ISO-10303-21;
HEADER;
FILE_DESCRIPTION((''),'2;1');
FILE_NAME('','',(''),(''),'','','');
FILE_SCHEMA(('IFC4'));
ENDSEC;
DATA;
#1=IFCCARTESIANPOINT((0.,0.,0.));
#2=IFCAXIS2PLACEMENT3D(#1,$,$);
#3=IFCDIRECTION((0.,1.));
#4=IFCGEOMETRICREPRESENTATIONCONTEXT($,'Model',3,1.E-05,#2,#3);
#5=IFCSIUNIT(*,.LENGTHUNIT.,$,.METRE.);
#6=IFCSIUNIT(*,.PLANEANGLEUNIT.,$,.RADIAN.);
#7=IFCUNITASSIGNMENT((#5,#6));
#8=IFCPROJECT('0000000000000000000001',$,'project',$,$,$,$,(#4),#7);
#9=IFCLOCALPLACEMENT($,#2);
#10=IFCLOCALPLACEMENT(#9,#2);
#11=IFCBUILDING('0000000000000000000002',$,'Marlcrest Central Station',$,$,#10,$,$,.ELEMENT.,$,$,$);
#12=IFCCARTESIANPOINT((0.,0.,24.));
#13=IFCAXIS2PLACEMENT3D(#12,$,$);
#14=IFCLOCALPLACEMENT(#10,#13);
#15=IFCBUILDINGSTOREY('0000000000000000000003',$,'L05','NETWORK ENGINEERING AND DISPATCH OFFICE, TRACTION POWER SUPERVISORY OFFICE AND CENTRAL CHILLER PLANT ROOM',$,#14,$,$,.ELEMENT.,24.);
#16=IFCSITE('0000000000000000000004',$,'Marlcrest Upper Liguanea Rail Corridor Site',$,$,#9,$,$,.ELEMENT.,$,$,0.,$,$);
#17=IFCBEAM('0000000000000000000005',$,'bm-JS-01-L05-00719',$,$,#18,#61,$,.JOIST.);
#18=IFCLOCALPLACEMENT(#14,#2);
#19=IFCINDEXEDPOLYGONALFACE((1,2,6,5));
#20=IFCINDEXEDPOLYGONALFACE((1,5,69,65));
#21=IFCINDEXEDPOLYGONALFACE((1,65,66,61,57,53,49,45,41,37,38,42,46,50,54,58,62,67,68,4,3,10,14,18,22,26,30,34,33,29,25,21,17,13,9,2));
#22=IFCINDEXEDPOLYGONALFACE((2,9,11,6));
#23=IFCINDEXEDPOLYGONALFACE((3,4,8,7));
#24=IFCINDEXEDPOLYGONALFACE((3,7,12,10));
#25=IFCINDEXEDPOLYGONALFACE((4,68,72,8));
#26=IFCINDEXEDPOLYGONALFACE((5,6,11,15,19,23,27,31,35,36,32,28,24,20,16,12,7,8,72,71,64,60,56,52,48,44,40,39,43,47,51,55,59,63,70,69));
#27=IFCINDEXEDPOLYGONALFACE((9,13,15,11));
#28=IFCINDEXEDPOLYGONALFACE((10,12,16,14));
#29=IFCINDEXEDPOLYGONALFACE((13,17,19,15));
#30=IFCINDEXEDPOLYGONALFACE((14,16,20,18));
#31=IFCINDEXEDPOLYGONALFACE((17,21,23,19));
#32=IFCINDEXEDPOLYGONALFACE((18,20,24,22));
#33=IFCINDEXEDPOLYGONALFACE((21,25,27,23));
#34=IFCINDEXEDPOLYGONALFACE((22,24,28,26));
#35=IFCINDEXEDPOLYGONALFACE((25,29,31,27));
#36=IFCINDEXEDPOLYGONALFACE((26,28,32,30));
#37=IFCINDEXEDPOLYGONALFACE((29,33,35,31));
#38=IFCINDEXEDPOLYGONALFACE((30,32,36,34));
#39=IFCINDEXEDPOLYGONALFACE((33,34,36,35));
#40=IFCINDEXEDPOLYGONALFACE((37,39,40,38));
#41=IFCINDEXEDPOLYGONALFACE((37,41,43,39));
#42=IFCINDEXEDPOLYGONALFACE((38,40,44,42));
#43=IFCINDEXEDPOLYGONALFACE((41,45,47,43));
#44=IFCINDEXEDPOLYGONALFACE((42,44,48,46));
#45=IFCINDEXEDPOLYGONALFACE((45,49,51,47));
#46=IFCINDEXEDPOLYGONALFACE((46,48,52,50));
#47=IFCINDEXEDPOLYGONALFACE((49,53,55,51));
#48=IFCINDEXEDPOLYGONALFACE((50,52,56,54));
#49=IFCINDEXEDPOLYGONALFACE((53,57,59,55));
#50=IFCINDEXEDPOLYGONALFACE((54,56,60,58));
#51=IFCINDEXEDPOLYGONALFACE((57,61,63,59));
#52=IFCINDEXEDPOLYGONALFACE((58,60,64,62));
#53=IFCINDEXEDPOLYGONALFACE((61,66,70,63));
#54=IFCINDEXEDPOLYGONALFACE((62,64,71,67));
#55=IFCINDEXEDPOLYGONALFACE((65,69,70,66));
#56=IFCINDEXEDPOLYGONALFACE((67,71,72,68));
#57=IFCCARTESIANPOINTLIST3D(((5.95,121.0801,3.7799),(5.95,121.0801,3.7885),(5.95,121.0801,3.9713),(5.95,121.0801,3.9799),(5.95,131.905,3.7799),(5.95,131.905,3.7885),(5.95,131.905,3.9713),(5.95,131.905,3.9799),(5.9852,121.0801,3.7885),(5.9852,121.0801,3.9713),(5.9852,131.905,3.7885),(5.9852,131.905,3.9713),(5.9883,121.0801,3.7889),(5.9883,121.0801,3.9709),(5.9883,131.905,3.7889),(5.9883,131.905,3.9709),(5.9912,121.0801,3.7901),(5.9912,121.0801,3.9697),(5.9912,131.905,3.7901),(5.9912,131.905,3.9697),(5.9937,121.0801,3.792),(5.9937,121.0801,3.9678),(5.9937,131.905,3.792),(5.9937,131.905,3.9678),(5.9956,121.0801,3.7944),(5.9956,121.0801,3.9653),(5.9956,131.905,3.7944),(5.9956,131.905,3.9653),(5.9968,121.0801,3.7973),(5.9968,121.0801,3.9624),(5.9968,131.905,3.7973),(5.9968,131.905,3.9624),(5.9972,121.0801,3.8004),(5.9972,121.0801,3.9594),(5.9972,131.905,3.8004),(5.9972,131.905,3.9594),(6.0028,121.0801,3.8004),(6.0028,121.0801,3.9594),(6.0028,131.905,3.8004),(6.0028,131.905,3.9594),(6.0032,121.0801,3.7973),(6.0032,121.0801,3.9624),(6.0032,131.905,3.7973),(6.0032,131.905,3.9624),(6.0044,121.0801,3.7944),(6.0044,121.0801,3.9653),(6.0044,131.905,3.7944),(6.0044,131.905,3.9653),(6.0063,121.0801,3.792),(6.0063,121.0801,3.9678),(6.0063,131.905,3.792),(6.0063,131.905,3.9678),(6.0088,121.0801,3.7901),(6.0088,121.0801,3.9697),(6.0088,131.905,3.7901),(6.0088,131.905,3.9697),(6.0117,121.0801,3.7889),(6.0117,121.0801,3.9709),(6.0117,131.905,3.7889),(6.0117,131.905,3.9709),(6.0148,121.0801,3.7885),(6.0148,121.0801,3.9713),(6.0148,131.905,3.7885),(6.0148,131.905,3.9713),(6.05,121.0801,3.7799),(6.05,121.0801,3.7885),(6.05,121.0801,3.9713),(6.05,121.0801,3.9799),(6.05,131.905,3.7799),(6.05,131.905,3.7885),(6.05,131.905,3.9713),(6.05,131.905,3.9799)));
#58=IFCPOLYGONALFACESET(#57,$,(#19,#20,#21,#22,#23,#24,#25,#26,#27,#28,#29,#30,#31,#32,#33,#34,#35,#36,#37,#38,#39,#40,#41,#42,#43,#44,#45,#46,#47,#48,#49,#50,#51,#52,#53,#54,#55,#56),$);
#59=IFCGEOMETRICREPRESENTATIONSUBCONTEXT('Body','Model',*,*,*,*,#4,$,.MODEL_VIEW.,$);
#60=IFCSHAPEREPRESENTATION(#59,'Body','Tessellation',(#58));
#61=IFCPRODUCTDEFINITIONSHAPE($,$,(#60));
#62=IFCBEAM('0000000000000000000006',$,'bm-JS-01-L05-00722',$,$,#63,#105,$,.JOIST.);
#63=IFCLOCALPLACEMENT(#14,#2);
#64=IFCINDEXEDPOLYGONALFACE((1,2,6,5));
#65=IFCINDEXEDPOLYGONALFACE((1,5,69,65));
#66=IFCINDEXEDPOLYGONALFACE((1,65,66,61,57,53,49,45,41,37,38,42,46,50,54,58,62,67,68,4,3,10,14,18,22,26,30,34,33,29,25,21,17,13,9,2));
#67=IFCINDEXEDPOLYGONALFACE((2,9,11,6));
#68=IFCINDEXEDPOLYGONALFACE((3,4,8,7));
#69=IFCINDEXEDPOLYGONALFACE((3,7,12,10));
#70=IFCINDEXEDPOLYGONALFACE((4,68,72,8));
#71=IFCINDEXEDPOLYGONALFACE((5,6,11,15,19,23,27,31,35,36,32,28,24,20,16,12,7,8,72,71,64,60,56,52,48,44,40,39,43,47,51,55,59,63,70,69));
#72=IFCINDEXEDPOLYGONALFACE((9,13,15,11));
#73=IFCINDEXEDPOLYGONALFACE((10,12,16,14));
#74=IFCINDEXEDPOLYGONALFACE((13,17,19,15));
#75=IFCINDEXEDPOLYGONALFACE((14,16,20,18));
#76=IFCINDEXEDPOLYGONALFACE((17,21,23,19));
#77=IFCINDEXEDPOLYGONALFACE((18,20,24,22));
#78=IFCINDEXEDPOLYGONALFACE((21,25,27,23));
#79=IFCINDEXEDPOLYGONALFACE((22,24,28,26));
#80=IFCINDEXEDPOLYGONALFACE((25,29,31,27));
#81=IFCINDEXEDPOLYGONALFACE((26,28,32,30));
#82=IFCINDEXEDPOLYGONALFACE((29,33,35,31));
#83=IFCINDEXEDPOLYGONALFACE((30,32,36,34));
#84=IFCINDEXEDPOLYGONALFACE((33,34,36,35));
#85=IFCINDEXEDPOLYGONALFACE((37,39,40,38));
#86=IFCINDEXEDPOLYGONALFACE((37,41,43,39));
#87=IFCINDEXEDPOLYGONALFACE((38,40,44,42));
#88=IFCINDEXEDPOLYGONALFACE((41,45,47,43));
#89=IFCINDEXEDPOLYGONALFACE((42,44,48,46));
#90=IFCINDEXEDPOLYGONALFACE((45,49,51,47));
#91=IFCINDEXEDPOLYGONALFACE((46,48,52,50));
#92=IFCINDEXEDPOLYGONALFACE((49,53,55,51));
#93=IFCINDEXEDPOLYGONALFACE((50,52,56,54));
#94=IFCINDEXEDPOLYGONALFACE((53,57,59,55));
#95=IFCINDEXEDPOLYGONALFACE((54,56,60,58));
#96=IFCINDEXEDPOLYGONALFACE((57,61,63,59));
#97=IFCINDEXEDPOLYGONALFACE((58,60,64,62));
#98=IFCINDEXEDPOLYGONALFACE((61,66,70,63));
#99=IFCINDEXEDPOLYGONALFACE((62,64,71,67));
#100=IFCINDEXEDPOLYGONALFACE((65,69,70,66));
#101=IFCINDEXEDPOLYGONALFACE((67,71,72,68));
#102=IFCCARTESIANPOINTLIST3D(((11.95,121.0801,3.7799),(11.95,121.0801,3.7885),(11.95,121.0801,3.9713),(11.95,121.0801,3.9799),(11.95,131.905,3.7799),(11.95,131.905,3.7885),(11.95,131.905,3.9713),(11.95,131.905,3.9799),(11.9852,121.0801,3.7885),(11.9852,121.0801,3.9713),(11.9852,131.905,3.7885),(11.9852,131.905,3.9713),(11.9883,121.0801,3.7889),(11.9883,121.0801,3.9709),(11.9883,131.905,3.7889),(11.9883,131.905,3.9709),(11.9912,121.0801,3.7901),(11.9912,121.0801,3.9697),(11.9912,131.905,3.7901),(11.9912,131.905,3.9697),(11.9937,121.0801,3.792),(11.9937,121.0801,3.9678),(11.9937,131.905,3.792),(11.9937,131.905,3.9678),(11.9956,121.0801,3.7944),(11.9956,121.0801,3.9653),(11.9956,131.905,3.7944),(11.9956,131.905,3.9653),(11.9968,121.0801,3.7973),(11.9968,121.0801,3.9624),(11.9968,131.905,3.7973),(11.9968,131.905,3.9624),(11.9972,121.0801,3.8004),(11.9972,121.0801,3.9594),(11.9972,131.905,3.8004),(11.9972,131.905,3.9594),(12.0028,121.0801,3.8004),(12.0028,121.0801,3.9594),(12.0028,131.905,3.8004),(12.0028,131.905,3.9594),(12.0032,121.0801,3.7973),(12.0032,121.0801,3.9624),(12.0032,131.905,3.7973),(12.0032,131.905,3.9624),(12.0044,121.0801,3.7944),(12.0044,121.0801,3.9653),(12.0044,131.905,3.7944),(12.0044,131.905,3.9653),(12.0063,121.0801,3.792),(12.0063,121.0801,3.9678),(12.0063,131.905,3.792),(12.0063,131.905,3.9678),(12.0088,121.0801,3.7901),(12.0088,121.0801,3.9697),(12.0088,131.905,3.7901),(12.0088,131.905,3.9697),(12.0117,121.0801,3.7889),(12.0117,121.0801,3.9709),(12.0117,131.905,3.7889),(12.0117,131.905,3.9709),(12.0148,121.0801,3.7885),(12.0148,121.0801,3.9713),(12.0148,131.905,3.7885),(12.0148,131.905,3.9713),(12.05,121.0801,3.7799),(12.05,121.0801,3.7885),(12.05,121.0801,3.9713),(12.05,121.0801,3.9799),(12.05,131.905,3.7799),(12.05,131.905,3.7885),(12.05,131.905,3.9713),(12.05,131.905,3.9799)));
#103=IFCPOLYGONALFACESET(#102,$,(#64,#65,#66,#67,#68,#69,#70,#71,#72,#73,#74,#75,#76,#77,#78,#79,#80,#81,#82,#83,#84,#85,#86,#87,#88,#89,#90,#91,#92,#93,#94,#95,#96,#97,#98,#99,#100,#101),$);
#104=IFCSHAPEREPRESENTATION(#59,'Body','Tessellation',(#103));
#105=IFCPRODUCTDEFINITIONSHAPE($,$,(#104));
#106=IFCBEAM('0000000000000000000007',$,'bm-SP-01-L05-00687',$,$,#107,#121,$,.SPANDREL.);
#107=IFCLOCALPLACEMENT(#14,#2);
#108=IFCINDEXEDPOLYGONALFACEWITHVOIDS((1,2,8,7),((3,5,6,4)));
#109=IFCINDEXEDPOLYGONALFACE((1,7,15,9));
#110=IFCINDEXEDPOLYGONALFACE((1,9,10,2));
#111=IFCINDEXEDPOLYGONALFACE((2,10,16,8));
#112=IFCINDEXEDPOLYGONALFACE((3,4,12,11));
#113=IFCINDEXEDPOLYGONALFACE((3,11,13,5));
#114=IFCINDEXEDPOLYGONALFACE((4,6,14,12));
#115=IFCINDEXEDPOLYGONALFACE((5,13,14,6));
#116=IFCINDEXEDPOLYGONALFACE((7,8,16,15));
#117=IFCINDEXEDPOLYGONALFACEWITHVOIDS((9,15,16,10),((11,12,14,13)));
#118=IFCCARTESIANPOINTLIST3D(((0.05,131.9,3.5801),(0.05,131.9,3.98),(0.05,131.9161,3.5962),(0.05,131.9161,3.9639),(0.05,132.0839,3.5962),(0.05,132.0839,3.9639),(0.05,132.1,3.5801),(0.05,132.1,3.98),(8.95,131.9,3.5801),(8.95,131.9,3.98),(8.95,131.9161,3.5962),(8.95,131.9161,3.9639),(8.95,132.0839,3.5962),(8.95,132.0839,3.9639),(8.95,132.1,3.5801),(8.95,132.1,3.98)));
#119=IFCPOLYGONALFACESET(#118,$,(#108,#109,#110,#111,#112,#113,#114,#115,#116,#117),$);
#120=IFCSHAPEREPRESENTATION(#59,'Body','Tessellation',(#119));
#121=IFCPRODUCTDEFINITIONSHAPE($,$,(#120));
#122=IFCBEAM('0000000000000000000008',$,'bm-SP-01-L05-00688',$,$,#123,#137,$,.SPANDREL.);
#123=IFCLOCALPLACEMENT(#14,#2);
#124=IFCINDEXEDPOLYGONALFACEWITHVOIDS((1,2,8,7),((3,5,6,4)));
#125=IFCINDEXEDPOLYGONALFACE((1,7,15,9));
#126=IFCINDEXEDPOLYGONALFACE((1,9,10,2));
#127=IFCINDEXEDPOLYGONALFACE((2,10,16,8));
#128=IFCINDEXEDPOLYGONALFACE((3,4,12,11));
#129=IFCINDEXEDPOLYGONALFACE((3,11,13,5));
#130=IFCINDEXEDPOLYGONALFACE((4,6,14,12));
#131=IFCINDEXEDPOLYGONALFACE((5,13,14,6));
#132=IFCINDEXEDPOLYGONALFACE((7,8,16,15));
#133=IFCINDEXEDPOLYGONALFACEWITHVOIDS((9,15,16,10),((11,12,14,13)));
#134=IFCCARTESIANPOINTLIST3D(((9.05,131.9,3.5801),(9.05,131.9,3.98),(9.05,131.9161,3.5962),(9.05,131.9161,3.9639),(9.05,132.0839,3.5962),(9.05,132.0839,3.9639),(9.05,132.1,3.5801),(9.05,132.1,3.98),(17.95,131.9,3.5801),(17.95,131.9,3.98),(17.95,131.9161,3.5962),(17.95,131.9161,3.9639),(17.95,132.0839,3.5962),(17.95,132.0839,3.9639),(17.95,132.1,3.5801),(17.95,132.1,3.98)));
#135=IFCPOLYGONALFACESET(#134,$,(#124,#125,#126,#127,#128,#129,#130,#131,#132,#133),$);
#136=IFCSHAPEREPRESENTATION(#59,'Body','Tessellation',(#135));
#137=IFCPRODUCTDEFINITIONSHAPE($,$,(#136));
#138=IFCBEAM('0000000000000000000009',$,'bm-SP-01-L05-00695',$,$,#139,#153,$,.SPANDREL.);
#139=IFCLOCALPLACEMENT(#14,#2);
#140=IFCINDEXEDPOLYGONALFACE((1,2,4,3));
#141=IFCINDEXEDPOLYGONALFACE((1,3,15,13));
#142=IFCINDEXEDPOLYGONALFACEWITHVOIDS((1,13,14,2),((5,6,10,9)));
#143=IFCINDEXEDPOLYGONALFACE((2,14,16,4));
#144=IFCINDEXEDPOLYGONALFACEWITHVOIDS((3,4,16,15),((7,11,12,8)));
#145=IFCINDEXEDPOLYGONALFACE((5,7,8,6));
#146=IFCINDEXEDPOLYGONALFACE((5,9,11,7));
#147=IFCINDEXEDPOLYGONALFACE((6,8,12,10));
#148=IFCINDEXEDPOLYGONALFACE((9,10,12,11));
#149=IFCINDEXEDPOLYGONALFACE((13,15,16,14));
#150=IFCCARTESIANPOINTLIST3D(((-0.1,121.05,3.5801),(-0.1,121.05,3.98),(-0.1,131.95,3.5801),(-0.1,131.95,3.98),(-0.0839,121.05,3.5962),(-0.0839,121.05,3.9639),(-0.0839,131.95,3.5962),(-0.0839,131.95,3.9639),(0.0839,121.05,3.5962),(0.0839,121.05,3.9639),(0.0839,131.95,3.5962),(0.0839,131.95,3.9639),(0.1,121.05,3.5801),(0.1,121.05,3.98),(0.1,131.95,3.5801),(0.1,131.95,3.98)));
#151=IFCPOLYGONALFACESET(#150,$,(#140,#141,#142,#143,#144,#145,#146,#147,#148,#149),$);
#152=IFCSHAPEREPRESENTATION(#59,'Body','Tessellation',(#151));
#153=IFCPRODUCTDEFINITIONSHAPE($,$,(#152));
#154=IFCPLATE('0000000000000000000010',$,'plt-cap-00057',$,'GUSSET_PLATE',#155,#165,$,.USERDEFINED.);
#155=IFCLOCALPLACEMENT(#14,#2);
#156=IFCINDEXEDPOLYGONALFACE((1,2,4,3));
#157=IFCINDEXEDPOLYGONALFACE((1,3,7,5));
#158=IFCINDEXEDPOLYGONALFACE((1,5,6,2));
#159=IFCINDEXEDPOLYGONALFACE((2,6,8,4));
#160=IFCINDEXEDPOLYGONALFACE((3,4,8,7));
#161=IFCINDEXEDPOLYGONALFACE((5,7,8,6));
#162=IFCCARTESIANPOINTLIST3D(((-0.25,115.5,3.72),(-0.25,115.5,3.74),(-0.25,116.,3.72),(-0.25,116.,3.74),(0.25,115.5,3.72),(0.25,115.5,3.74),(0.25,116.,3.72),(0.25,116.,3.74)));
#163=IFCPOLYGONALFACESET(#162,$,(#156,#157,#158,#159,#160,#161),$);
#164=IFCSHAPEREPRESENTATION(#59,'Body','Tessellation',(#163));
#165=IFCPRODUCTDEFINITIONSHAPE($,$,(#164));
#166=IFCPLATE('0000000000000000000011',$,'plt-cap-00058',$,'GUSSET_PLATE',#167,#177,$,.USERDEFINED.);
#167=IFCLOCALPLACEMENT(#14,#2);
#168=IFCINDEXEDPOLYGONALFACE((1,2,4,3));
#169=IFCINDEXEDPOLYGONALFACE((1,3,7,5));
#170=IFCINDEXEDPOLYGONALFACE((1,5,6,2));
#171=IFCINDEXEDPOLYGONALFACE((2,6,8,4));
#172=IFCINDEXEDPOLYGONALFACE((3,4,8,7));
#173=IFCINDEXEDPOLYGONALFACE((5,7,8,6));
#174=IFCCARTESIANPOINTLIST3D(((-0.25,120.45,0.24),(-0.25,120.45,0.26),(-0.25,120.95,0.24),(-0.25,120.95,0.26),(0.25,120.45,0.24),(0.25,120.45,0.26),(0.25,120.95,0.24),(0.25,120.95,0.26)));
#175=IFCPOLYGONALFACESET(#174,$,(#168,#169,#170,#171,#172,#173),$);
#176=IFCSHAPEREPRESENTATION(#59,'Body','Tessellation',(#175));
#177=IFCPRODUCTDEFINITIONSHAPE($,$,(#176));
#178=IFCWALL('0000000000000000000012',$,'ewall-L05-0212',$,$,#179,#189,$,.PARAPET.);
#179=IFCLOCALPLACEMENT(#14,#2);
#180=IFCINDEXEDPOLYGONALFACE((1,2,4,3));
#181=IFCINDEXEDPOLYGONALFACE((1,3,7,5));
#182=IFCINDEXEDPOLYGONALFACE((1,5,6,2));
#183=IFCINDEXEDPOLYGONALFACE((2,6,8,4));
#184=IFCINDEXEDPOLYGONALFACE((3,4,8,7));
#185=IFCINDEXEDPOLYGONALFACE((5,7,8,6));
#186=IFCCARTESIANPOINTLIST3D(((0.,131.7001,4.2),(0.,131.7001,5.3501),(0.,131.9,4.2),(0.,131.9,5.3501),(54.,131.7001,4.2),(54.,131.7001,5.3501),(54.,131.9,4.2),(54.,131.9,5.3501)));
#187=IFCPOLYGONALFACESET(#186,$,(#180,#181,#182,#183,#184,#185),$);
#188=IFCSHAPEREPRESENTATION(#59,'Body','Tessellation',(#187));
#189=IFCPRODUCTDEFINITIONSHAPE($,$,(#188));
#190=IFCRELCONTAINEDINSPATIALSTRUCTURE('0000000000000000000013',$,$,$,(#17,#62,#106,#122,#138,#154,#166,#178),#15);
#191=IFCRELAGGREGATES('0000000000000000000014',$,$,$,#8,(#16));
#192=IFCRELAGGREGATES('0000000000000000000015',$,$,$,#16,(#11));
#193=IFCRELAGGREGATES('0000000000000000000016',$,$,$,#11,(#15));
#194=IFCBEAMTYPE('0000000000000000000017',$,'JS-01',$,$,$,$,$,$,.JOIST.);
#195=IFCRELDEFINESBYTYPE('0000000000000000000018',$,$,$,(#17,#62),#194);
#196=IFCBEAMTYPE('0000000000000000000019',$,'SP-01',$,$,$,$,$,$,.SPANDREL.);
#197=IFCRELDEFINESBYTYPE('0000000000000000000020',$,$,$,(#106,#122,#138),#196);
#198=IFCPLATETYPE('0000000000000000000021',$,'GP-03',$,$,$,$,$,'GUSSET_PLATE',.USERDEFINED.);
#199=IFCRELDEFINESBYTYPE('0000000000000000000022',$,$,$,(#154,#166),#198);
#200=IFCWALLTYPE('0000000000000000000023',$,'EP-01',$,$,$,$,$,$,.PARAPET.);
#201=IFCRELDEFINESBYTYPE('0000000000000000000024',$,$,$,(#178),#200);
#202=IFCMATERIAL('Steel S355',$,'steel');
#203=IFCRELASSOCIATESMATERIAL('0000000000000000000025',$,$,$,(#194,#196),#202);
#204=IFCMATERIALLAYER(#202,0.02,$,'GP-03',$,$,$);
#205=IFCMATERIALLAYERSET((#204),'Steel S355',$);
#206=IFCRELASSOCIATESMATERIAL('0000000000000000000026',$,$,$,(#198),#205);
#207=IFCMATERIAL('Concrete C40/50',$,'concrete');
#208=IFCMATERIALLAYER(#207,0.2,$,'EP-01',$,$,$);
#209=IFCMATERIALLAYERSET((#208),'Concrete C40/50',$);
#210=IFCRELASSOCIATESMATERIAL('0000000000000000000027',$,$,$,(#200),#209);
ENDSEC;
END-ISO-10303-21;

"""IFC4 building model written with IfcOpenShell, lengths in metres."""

from ifc_helpers import new_model, si_unit, direction, frame, frame_2d, origin, origin_2d, place, context, subcontext, project, spatial, rectangle, hollow_rectangle, i_section, extrude, material, layer, layer_set, material_profile, profile_set, type_object, element, save


model = new_model("IFC4")

# Units and contexts
model_context = context("Model", 3, precision=1e-05, world=origin(), true_north=direction((0.0, 1.0)))
body_context = subcontext(model_context, "Body", "Model", "MODEL_VIEW")
ifc_project = project(units=[si_unit("LENGTHUNIT", "METRE"), si_unit("PLANEANGLEUNIT", "RADIAN")], contexts=[model_context])

# Site, building, storey
site_placement = place(None, origin())
site = spatial("IfcSite", under=ifc_project, at=site_placement, Name="Marlcrest Upper Liguanea Rail Corridor Site", CompositionType="ELEMENT", RefElevation=0.0)
building_placement = place(site_placement, origin())
building = spatial("IfcBuilding", under=site, at=building_placement, Name="Marlcrest Central Station", CompositionType="ELEMENT")
storey_placement = place(building_placement, frame((0.0, 0.0, 24.0)))
storey = spatial("IfcBuildingStorey", under=building, at=storey_placement, Name="L05", Description="NETWORK ENGINEERING AND DISPATCH OFFICE, TRACTION POWER SUPERVISORY OFFICE AND CENTRAL CHILLER PLANT ROOM", CompositionType="ELEMENT", Elevation=24.0)

# Shared definitions
ifc_material_1 = material(Name="Steel S355", Category="steel")

# Beams
ifc_material_profile_1 = material_profile(ifc_material_1, i_section(OverallWidth=0.1001, OverallDepth=0.2, WebThickness=0.0056, FlangeThickness=0.0085, FilletRadius=0.012, at=origin_2d()), Name="IPE 200")
ifc_profile_set_1 = profile_set([ifc_material_profile_1], Name="Steel S355")
beam_type_1 = type_object("IfcBeamType", Name="JS-01", PredefinedType="JOIST", material=ifc_profile_set_1)
for number, where, z_axis, x_axis, name in (
    (1, (6.0, 121.0801, 3.8799), (0.0, 1.0, 0.0), (-1.0, 0.0, 0.0), "bm-JS-01-L05-00719"),
    (2, (12.0, 121.0801, 3.8799), (0.0, 1.0, 0.0), (-1.0, 0.0, 0.0), "bm-JS-01-L05-00722"),
):
    element("IfcBeam", number, at=place(storey_placement, frame(where, z_axis=z_axis, x_axis=x_axis)), inside=storey, type_object=beam_type_1, Name=name, PredefinedType="JOIST", context=body_context, shape_type="SweptSolid", body=[
        extrude(i_section(OverallWidth=0.1001, OverallDepth=0.2, WebThickness=0.0056, FlangeThickness=0.0085, FilletRadius=0.012, at=origin_2d()), origin(), (0.0, 0.0, 1.0), 10.825),
    ])
ifc_material_profile_2 = material_profile(ifc_material_1, hollow_rectangle(XDim=0.2, YDim=0.3999, WallThickness=0.0161, at=origin_2d()), Name="RHS 400x200x16")
ifc_profile_set_2 = profile_set([ifc_material_profile_2], Name="Steel S355")
beam_type_2 = type_object("IfcBeamType", Name="SP-01", PredefinedType="SPANDREL", material=ifc_profile_set_2)
for number, where, z_axis, x_axis, name in (
    (3, (0.05, 132.0, 3.78), (1.0, 0.0, 0.0), (0.0, 1.0, 0.0), "bm-SP-01-L05-00687"),
    (4, (9.05, 132.0, 3.78), (1.0, 0.0, 0.0), (0.0, 1.0, 0.0), "bm-SP-01-L05-00688"),
):
    element("IfcBeam", number, at=place(storey_placement, frame(where, z_axis=z_axis, x_axis=x_axis)), inside=storey, type_object=beam_type_2, Name=name, PredefinedType="SPANDREL", context=body_context, shape_type="SweptSolid", body=[
        extrude(hollow_rectangle(XDim=0.2, YDim=0.3999, WallThickness=0.0161, at=origin_2d()), origin(), (0.0, 0.0, 1.0), 8.8999),
    ])
beam_1_placement = place(storey_placement, frame((0.0, 121.05, 3.78), z_axis=(0.0, 1.0, 0.0), x_axis=(-1.0, 0.0, 0.0)))
element("IfcBeam", 5, at=beam_1_placement, inside=storey, type_object=beam_type_2, Name="bm-SP-01-L05-00695", PredefinedType="SPANDREL", context=body_context, shape_type="SweptSolid", body=[
    extrude(hollow_rectangle(XDim=0.2, YDim=0.3999, WallThickness=0.0161, at=origin_2d()), origin(), (0.0, 0.0, 1.0), 10.8999),
])

# Plates
ifc_layer_1 = layer(ifc_material_1, 0.02, Name="GP-03")
ifc_layer_set_1 = layer_set([ifc_layer_1], Name="Steel S355")
plate_type = type_object("IfcPlateType", Name="GP-03", ElementType="GUSSET_PLATE", PredefinedType="USERDEFINED", material=ifc_layer_set_1)
for number, where, z_axis, x_axis, name in (
    (6, (0.0, 115.75, 3.72), (0.0, 0.0, 1.0), (1.0, 0.0, 0.0), "plt-cap-00057"),
    (7, (0.0, 120.7, 0.24), (0.0, 0.0, 1.0), (1.0, 0.0, 0.0), "plt-cap-00058"),
):
    element("IfcPlate", number, at=place(storey_placement, frame(where, z_axis=z_axis, x_axis=x_axis)), inside=storey, type_object=plate_type, Name=name, ObjectType="GUSSET_PLATE", PredefinedType="USERDEFINED", context=body_context, shape_type="SweptSolid", body=[
        extrude(rectangle(XDim=0.5, YDim=0.5, at=origin_2d()), origin(), (0.0, 0.0, 1.0), 0.02),
    ])

# Wall
ifc_material_2 = material(Name="Concrete C40/50", Category="concrete")
ifc_layer_2 = layer(ifc_material_2, 0.2, Name="EP-01")
ifc_layer_set_2 = layer_set([ifc_layer_2], Name="Concrete C40/50")
wall_type_1 = type_object("IfcWallType", Name="EP-01", PredefinedType="PARAPET", material=ifc_layer_set_2)
wall_1_placement = place(storey_placement, frame((0.0, 131.8, 4.2), z_axis=(0.0, 0.0, 1.0), x_axis=(1.0, 0.0, 0.0)))
element("IfcWall", 8, at=wall_1_placement, inside=storey, type_object=wall_type_1, Name="ewall-L05-0212", PredefinedType="PARAPET", context=body_context, shape_type="SweptSolid", body=[
    extrude(rectangle(XDim=54.0, YDim=0.2, at=frame_2d((27.0, 0.0))), origin(), (0.0, 0.0, 1.0), 1.1501),
])

save(model, "model.ifc")
